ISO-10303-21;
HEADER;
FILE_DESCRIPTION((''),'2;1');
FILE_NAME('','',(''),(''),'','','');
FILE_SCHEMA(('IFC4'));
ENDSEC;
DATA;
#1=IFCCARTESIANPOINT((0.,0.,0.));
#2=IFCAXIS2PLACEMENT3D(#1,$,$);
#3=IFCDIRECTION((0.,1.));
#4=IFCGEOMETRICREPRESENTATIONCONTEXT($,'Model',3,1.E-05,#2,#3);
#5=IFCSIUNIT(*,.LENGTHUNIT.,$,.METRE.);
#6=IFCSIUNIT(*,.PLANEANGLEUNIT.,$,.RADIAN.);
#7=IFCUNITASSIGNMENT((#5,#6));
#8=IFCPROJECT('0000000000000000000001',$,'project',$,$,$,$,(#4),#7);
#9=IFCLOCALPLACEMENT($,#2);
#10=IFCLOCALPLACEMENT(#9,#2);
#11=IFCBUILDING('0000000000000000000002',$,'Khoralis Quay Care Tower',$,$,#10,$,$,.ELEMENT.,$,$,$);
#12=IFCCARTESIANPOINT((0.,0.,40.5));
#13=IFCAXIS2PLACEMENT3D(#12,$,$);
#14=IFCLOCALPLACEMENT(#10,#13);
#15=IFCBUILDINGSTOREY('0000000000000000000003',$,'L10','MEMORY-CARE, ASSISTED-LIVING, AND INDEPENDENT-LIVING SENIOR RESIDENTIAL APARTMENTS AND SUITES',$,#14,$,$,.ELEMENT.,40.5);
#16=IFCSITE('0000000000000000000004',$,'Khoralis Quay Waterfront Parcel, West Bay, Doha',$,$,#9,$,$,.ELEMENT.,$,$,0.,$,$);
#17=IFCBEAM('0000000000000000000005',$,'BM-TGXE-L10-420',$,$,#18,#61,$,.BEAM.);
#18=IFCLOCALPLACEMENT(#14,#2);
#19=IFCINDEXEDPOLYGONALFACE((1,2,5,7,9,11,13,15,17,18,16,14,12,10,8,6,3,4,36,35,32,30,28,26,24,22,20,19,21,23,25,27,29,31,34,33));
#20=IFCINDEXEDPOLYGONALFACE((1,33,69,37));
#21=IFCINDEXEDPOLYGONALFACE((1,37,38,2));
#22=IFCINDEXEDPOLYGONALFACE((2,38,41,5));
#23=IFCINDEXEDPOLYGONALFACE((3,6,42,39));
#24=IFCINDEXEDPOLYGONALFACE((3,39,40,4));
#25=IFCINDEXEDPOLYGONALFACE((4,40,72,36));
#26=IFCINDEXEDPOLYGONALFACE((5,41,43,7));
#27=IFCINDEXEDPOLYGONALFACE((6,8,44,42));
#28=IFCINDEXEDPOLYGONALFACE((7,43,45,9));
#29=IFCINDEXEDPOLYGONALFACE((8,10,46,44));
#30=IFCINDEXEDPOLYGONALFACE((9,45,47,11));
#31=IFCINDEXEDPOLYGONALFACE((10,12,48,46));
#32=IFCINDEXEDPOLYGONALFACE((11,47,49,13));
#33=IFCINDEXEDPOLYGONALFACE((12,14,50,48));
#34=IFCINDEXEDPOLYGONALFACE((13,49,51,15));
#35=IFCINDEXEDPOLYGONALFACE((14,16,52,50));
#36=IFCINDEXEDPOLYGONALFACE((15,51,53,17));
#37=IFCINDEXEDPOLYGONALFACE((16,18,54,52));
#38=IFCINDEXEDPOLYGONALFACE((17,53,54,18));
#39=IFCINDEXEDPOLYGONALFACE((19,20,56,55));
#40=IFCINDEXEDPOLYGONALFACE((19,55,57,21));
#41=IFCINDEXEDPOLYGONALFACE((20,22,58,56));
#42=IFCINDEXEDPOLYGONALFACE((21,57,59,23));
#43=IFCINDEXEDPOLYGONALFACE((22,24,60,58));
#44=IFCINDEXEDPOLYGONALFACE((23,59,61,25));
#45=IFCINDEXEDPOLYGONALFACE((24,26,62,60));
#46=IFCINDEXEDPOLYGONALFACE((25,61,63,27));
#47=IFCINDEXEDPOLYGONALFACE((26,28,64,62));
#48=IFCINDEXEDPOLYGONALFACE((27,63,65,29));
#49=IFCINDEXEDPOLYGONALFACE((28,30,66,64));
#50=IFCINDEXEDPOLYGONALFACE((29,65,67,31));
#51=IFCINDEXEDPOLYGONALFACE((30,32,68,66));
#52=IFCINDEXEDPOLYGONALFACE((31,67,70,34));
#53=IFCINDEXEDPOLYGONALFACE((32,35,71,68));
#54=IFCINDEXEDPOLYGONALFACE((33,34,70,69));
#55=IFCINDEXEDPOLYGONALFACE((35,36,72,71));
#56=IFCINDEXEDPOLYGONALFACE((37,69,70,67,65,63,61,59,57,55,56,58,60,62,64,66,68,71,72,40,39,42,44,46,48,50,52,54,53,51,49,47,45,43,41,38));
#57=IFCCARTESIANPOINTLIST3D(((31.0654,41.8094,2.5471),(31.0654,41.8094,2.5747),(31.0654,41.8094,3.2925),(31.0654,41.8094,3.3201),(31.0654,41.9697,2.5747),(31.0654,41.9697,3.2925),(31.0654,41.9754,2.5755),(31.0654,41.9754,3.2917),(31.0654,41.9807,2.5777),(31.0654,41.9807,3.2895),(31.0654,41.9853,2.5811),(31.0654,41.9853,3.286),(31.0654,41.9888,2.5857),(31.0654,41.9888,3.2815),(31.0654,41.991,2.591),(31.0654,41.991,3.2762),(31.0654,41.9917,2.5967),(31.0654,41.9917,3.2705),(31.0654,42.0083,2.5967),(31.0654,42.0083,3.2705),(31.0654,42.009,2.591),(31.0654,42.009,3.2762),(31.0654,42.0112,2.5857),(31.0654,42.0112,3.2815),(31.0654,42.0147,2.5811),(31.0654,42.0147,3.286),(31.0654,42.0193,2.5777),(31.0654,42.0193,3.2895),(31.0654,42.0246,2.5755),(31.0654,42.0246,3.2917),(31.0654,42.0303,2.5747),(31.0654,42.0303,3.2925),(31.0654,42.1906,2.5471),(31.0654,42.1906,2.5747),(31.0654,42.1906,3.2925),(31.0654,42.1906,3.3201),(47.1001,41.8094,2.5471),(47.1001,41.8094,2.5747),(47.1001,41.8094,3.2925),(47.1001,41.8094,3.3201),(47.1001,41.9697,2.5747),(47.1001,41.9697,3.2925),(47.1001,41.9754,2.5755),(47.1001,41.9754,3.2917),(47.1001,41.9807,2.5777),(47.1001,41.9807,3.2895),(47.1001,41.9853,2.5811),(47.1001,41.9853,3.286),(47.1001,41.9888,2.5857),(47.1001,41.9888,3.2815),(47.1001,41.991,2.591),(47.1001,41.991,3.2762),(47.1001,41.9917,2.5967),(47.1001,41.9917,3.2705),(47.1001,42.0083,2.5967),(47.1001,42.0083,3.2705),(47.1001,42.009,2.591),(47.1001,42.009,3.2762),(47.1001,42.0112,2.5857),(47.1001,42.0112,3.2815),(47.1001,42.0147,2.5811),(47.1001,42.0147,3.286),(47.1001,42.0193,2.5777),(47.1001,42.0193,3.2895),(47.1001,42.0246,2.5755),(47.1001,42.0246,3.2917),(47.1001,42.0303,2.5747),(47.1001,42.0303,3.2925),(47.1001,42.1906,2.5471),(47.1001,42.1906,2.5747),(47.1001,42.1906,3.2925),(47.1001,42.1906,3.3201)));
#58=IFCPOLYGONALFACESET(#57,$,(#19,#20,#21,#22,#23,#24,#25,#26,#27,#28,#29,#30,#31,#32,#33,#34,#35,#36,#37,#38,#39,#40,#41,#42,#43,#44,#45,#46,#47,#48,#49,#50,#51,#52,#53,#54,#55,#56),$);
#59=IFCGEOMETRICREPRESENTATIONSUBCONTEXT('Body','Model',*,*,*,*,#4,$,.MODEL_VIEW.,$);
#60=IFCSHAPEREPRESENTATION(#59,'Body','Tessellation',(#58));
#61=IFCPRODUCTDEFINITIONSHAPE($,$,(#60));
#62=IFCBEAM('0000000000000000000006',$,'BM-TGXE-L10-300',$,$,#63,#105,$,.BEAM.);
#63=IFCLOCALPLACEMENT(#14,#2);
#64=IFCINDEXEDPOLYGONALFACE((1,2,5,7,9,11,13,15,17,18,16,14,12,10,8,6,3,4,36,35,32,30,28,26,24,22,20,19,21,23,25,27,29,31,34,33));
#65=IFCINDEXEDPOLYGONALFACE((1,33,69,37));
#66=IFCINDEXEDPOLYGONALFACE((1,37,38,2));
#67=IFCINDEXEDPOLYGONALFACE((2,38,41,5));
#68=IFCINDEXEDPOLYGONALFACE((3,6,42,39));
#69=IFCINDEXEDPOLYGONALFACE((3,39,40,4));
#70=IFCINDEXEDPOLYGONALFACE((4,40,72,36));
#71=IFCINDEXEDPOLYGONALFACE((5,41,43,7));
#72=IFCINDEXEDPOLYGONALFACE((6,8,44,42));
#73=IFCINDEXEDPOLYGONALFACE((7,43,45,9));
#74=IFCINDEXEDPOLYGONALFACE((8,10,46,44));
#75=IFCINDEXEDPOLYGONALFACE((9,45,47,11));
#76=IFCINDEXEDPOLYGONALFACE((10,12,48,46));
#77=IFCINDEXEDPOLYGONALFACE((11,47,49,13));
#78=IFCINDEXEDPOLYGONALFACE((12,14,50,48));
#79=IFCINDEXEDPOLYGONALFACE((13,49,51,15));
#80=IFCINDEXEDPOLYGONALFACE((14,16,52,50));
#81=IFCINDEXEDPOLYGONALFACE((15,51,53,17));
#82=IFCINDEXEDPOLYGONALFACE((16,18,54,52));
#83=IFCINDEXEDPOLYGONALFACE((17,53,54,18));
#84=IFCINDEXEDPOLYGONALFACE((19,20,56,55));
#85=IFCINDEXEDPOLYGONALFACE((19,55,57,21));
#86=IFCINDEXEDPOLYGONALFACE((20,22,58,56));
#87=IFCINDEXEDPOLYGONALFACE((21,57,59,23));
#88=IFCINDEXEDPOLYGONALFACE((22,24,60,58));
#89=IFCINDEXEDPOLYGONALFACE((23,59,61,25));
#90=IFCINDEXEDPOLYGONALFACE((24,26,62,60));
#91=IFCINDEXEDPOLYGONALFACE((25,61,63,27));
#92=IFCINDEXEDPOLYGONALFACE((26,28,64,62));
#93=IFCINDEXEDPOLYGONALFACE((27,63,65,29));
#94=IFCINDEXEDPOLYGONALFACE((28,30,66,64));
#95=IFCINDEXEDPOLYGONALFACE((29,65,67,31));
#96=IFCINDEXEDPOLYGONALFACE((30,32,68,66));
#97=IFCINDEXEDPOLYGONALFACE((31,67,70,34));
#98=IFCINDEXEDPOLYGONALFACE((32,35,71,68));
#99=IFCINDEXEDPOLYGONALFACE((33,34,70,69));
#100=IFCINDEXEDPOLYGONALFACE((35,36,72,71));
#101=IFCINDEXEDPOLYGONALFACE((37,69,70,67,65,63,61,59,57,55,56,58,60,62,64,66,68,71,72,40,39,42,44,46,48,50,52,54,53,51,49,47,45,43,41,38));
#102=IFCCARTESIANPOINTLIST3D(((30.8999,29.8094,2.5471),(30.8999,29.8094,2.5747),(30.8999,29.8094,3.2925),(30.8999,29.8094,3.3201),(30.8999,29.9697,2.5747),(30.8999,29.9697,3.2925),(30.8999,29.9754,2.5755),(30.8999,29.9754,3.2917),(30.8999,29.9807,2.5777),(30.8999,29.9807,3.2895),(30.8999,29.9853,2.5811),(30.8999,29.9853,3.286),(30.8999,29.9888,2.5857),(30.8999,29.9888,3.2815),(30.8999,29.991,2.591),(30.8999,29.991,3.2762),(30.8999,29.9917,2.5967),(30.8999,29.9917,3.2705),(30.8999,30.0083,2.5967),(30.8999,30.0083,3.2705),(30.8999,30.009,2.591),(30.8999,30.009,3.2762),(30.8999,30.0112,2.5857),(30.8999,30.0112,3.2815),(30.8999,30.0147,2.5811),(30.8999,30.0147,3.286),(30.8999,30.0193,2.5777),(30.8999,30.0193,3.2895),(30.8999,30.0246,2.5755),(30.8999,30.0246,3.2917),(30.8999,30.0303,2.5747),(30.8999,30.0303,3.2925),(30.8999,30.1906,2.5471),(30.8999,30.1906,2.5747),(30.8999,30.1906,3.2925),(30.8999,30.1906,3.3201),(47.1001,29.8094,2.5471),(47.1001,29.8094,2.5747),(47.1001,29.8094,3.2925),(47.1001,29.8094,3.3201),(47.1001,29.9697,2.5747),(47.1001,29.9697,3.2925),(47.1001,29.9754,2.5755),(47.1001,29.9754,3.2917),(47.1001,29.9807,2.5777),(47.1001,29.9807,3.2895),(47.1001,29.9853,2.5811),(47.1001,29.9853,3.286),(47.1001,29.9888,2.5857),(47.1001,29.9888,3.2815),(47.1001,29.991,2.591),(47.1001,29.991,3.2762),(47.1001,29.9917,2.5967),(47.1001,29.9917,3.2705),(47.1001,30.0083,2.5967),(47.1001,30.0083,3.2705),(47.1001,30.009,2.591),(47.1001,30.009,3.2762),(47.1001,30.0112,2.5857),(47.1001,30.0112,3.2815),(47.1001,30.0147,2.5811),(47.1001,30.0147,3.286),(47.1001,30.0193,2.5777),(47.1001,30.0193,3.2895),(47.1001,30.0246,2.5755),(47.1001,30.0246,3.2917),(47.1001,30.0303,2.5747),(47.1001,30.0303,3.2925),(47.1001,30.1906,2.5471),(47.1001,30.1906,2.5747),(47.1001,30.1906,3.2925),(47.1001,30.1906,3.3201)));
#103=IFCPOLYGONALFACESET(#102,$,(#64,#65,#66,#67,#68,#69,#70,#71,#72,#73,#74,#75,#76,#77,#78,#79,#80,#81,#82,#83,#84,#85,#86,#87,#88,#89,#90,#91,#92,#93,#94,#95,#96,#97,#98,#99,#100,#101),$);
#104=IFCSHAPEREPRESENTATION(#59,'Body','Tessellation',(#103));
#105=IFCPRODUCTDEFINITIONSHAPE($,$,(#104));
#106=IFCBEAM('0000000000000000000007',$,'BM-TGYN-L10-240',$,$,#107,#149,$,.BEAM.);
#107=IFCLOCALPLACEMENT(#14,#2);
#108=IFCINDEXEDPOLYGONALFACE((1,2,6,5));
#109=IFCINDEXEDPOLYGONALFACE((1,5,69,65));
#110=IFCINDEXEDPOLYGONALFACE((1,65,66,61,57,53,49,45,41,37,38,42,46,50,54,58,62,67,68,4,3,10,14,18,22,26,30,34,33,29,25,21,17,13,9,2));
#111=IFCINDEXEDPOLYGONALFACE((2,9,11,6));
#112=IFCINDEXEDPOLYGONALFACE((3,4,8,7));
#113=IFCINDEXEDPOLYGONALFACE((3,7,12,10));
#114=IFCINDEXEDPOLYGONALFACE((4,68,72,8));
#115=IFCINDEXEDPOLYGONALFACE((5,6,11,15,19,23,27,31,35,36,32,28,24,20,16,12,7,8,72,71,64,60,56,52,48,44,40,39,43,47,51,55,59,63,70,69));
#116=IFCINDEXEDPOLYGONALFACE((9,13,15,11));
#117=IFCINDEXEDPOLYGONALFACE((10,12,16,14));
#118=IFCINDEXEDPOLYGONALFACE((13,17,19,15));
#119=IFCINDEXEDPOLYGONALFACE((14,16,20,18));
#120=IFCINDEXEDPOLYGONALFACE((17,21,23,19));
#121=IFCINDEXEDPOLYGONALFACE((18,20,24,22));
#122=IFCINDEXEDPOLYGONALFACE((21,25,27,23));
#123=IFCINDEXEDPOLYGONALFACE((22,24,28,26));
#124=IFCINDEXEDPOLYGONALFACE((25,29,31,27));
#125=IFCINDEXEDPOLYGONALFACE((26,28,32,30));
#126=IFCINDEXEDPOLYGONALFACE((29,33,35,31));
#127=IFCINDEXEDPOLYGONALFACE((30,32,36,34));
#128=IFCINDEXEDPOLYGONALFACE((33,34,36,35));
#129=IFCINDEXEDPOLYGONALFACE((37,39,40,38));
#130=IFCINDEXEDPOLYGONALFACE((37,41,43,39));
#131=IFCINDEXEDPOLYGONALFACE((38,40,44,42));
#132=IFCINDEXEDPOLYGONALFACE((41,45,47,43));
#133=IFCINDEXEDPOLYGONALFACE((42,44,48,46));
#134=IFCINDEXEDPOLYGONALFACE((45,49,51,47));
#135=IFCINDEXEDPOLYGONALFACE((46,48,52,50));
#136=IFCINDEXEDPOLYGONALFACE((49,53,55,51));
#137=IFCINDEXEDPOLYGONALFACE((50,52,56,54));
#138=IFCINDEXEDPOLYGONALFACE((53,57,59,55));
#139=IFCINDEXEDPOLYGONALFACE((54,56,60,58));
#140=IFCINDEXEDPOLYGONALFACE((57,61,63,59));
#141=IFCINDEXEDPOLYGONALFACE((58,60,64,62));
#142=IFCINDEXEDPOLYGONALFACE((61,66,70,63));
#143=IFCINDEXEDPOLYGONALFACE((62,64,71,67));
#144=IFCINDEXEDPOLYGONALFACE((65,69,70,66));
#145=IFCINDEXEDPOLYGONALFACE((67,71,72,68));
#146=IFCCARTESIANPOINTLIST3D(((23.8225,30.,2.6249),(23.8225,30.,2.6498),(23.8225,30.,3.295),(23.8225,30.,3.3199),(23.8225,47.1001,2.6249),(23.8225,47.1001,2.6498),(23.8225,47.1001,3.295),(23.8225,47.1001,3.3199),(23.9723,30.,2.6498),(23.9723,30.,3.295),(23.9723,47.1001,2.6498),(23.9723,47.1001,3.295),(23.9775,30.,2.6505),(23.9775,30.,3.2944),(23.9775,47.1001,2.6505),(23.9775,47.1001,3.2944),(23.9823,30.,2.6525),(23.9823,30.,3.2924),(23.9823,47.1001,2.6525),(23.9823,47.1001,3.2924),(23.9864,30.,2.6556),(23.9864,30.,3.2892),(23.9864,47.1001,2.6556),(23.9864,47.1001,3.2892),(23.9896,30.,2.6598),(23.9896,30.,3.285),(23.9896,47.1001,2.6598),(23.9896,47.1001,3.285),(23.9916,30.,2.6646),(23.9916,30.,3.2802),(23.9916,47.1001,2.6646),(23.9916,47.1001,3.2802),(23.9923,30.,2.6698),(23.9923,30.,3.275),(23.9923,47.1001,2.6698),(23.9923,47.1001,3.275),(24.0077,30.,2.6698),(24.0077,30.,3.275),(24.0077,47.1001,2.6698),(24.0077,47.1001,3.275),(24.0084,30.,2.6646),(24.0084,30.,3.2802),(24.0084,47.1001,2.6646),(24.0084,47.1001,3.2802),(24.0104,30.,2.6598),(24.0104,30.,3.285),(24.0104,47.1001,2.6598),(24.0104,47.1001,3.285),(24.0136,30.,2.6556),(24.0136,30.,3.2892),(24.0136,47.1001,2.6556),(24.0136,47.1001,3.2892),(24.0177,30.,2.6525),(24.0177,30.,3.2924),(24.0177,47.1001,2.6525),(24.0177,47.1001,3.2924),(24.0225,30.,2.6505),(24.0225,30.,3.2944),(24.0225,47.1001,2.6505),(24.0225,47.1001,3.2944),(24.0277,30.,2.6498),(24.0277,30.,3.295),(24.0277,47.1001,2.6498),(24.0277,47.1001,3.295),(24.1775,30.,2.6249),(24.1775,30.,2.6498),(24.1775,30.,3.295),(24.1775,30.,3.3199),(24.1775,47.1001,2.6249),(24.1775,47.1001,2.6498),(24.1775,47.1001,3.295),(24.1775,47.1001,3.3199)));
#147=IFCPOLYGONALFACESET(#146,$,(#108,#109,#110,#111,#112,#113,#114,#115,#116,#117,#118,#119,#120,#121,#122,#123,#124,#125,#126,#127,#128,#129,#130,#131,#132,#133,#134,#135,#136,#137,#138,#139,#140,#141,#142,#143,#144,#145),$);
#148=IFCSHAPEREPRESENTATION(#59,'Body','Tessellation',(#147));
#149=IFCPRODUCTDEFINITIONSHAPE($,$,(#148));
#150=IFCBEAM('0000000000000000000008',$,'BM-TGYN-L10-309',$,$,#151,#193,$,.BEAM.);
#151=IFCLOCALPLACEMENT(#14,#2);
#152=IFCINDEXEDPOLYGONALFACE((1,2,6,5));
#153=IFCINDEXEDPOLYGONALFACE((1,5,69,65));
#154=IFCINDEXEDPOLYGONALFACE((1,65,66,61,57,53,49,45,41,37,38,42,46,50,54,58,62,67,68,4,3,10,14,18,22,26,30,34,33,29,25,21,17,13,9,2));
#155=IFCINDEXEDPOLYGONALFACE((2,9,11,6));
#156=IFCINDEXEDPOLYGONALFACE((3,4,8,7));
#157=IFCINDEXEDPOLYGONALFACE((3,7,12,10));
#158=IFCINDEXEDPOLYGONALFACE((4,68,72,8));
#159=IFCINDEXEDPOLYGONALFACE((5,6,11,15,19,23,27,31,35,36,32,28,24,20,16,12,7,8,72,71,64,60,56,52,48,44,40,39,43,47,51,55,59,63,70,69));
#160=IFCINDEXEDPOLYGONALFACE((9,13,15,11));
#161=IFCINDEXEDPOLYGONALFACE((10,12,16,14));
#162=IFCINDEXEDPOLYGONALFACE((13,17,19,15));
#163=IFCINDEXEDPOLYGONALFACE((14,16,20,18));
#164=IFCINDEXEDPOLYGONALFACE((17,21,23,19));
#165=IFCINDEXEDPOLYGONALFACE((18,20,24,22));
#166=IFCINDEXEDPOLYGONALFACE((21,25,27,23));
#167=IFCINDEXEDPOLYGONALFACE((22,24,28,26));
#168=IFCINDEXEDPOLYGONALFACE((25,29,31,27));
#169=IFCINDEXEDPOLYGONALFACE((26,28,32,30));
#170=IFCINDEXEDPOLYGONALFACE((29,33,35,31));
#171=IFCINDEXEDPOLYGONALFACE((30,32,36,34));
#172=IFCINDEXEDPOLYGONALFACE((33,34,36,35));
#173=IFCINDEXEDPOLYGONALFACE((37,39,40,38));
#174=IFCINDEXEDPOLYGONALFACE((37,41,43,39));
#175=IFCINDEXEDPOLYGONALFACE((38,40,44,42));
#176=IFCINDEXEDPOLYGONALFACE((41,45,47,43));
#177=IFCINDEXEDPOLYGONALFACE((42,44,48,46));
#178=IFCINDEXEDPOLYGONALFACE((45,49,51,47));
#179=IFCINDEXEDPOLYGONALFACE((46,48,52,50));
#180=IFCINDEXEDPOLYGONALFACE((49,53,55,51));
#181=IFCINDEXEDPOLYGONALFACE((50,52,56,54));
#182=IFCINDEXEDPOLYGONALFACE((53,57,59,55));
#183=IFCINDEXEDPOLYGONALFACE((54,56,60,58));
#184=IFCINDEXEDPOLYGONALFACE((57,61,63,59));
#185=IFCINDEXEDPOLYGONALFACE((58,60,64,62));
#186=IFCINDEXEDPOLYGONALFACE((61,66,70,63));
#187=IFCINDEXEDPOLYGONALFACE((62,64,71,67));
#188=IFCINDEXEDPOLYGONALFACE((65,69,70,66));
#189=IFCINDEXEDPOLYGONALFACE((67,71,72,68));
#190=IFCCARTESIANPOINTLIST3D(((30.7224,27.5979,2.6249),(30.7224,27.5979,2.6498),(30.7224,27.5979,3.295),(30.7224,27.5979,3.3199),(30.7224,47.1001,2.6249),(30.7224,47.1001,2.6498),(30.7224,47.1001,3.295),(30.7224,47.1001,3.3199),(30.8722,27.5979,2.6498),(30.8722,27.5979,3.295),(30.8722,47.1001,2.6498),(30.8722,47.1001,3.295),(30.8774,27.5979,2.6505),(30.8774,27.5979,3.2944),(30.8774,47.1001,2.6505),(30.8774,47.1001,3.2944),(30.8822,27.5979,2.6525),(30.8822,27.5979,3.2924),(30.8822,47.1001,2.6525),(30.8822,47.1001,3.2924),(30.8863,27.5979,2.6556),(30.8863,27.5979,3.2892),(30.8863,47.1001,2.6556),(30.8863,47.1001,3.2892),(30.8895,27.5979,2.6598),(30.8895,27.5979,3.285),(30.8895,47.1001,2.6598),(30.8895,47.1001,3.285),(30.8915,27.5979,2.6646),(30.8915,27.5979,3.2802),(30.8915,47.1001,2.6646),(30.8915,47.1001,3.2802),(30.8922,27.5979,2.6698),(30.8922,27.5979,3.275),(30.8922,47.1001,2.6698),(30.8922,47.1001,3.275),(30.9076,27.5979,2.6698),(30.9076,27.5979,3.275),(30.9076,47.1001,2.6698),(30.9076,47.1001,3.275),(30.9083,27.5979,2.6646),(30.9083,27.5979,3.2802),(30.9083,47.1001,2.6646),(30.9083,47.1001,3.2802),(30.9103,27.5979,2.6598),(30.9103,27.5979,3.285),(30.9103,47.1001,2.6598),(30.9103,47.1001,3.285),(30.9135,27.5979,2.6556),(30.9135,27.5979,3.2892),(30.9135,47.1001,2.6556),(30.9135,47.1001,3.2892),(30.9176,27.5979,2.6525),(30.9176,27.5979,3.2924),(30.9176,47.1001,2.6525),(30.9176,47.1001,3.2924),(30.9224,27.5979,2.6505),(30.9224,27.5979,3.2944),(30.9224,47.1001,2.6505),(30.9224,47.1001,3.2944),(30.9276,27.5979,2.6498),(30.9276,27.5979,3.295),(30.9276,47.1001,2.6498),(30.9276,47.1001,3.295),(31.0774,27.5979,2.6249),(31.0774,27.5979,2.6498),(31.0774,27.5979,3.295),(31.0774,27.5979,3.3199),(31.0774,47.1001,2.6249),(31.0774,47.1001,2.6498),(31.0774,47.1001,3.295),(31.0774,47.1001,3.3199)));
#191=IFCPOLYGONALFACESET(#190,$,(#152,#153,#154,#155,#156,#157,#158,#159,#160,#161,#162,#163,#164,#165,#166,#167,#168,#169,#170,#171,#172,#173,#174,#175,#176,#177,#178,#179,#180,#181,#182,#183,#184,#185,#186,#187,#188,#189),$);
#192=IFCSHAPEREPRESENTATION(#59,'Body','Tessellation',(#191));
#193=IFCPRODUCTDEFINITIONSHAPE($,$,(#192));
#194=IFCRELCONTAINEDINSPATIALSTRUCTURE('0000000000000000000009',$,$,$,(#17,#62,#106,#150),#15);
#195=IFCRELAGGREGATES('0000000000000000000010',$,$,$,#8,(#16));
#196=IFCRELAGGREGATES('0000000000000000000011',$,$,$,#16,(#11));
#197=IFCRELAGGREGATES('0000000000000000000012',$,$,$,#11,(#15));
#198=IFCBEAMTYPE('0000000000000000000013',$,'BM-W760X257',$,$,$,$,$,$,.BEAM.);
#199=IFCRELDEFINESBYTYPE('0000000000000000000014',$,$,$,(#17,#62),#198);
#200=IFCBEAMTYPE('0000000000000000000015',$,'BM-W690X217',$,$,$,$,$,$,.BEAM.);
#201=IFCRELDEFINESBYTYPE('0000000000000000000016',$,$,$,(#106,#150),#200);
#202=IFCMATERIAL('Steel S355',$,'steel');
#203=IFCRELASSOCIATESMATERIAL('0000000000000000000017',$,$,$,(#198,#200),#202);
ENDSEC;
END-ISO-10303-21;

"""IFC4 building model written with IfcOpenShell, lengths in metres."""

from ifc_helpers import new_model, si_unit, direction, frame, origin, origin_2d, place, context, subcontext, project, spatial, i_section, extrude, source, transform, mapped, material, material_profile, profile_set, type_object, element, save


model = new_model("IFC4")

# Units and contexts
model_context = context("Model", 3, precision=1e-05, world=origin(), true_north=direction((0.0, 1.0)))
body_context = subcontext(model_context, "Body", "Model", "MODEL_VIEW")
ifc_project = project(units=[si_unit("LENGTHUNIT", "METRE"), si_unit("PLANEANGLEUNIT", "RADIAN")], contexts=[model_context])

# Site, building, storey
site_placement = place(None, origin())
site = spatial("IfcSite", under=ifc_project, at=site_placement, Name="Khoralis Quay Waterfront Parcel, West Bay, Doha", CompositionType="ELEMENT", RefElevation=0.0)
building_placement = place(site_placement, origin())
building = spatial("IfcBuilding", under=site, at=building_placement, Name="Khoralis Quay Care Tower", CompositionType="ELEMENT")
storey_placement = place(building_placement, frame((0.0, 0.0, 40.5)))
storey = spatial("IfcBuildingStorey", under=building, at=storey_placement, Name="L10", Description="MEMORY-CARE, ASSISTED-LIVING, AND INDEPENDENT-LIVING SENIOR RESIDENTIAL APARTMENTS AND SUITES", CompositionType="ELEMENT", Elevation=40.5)

# Beams
ifc_material_1 = material(Name="Steel S355", Category="steel")
ifc_material_profile_1 = material_profile(ifc_material_1, i_section(OverallWidth=0.3811, OverallDepth=0.7729, WebThickness=0.0166, FlangeThickness=0.0276, FilletRadius=0.022, at=origin_2d()), Name="Steel S355")
ifc_profile_set_1 = profile_set([ifc_material_profile_1], Name="Steel S355")
beam_type_1 = type_object("IfcBeamType", Name="BM-W760X257", PredefinedType="BEAM", material=ifc_profile_set_1)
shared_shape_1 = source(origin(), body_context, "Body", "SweptSolid", [
    extrude(i_section(OverallWidth=0.3811, OverallDepth=0.7729, WebThickness=0.0166, FlangeThickness=0.0276, FilletRadius=0.022, at=origin_2d()), origin(), (0.0, 0.0, 1.0), 16.0347),
])
for number, where, z_axis, x_axis, name in (
    (1, (31.0654, 42.0, 2.9336), (1.0, 0.0, 0.0), (0.0, 1.0, 0.0), "BM-TGXE-L10-420"),
):
    element("IfcBeam", number, at=place(storey_placement, frame(where, z_axis=z_axis, x_axis=x_axis)), inside=storey, type_object=beam_type_1, Name=name, PredefinedType="BEAM", context=body_context, shape_type="MappedRepresentation", body=[
        mapped(shared_shape_1, transform((0.0, 0.0, 0.0), scale=1.0)),
    ])
shared_shape_2 = source(origin(), body_context, "Body", "SweptSolid", [
    extrude(i_section(OverallWidth=0.3811, OverallDepth=0.7729, WebThickness=0.0166, FlangeThickness=0.0276, FilletRadius=0.022, at=origin_2d()), origin(), (0.0, 0.0, 1.0), 16.2002),
])
beam_1_placement = place(storey_placement, frame((30.8999, 30.0, 2.9336), z_axis=(1.0, 0.0, 0.0), x_axis=(0.0, 1.0, 0.0)))
element("IfcBeam", 2, at=beam_1_placement, inside=storey, type_object=beam_type_1, Name="BM-TGXE-L10-300", PredefinedType="BEAM", context=body_context, shape_type="MappedRepresentation", body=[
    mapped(shared_shape_2, transform((0.0, 0.0, 0.0), scale=1.0)),
])
ifc_material_profile_2 = material_profile(ifc_material_1, i_section(OverallWidth=0.355, OverallDepth=0.6951, WebThickness=0.0154, FlangeThickness=0.0249, FilletRadius=0.02, at=origin_2d()), Name="Steel S355")
ifc_profile_set_2 = profile_set([ifc_material_profile_2], Name="Steel S355")
beam_type_2 = type_object("IfcBeamType", Name="BM-W690X217", PredefinedType="BEAM", material=ifc_profile_set_2)
shared_shape_3 = source(origin(), body_context, "Body", "SweptSolid", [
    extrude(i_section(OverallWidth=0.355, OverallDepth=0.6951, WebThickness=0.0154, FlangeThickness=0.0249, FilletRadius=0.02, at=origin_2d()), origin(), (0.0, 0.0, 1.0), 17.1001),
])
beam_2_placement = place(storey_placement, frame((24.0, 30.0, 2.9724), z_axis=(0.0, 1.0, 0.0), x_axis=(-1.0, 0.0, 0.0)))
element("IfcBeam", 3, at=beam_2_placement, inside=storey, type_object=beam_type_2, Name="BM-TGYN-L10-240", PredefinedType="BEAM", context=body_context, shape_type="MappedRepresentation", body=[
    mapped(shared_shape_3, transform((0.0, 0.0, 0.0), scale=1.0)),
])
shared_shape_4 = source(origin(), body_context, "Body", "SweptSolid", [
    extrude(i_section(OverallWidth=0.355, OverallDepth=0.6951, WebThickness=0.0154, FlangeThickness=0.0249, FilletRadius=0.02, at=origin_2d()), origin(), (0.0, 0.0, 1.0), 19.5022),
])
beam_3_placement = place(storey_placement, frame((30.8999, 27.5979, 2.9724), z_axis=(0.0, 1.0, 0.0), x_axis=(-1.0, 0.0, 0.0)))
element("IfcBeam", 4, at=beam_3_placement, inside=storey, type_object=beam_type_2, Name="BM-TGYN-L10-309", PredefinedType="BEAM", context=body_context, shape_type="MappedRepresentation", body=[
    mapped(shared_shape_4, transform((0.0, 0.0, 0.0), scale=1.0)),
])

save(model, "model.ifc")
